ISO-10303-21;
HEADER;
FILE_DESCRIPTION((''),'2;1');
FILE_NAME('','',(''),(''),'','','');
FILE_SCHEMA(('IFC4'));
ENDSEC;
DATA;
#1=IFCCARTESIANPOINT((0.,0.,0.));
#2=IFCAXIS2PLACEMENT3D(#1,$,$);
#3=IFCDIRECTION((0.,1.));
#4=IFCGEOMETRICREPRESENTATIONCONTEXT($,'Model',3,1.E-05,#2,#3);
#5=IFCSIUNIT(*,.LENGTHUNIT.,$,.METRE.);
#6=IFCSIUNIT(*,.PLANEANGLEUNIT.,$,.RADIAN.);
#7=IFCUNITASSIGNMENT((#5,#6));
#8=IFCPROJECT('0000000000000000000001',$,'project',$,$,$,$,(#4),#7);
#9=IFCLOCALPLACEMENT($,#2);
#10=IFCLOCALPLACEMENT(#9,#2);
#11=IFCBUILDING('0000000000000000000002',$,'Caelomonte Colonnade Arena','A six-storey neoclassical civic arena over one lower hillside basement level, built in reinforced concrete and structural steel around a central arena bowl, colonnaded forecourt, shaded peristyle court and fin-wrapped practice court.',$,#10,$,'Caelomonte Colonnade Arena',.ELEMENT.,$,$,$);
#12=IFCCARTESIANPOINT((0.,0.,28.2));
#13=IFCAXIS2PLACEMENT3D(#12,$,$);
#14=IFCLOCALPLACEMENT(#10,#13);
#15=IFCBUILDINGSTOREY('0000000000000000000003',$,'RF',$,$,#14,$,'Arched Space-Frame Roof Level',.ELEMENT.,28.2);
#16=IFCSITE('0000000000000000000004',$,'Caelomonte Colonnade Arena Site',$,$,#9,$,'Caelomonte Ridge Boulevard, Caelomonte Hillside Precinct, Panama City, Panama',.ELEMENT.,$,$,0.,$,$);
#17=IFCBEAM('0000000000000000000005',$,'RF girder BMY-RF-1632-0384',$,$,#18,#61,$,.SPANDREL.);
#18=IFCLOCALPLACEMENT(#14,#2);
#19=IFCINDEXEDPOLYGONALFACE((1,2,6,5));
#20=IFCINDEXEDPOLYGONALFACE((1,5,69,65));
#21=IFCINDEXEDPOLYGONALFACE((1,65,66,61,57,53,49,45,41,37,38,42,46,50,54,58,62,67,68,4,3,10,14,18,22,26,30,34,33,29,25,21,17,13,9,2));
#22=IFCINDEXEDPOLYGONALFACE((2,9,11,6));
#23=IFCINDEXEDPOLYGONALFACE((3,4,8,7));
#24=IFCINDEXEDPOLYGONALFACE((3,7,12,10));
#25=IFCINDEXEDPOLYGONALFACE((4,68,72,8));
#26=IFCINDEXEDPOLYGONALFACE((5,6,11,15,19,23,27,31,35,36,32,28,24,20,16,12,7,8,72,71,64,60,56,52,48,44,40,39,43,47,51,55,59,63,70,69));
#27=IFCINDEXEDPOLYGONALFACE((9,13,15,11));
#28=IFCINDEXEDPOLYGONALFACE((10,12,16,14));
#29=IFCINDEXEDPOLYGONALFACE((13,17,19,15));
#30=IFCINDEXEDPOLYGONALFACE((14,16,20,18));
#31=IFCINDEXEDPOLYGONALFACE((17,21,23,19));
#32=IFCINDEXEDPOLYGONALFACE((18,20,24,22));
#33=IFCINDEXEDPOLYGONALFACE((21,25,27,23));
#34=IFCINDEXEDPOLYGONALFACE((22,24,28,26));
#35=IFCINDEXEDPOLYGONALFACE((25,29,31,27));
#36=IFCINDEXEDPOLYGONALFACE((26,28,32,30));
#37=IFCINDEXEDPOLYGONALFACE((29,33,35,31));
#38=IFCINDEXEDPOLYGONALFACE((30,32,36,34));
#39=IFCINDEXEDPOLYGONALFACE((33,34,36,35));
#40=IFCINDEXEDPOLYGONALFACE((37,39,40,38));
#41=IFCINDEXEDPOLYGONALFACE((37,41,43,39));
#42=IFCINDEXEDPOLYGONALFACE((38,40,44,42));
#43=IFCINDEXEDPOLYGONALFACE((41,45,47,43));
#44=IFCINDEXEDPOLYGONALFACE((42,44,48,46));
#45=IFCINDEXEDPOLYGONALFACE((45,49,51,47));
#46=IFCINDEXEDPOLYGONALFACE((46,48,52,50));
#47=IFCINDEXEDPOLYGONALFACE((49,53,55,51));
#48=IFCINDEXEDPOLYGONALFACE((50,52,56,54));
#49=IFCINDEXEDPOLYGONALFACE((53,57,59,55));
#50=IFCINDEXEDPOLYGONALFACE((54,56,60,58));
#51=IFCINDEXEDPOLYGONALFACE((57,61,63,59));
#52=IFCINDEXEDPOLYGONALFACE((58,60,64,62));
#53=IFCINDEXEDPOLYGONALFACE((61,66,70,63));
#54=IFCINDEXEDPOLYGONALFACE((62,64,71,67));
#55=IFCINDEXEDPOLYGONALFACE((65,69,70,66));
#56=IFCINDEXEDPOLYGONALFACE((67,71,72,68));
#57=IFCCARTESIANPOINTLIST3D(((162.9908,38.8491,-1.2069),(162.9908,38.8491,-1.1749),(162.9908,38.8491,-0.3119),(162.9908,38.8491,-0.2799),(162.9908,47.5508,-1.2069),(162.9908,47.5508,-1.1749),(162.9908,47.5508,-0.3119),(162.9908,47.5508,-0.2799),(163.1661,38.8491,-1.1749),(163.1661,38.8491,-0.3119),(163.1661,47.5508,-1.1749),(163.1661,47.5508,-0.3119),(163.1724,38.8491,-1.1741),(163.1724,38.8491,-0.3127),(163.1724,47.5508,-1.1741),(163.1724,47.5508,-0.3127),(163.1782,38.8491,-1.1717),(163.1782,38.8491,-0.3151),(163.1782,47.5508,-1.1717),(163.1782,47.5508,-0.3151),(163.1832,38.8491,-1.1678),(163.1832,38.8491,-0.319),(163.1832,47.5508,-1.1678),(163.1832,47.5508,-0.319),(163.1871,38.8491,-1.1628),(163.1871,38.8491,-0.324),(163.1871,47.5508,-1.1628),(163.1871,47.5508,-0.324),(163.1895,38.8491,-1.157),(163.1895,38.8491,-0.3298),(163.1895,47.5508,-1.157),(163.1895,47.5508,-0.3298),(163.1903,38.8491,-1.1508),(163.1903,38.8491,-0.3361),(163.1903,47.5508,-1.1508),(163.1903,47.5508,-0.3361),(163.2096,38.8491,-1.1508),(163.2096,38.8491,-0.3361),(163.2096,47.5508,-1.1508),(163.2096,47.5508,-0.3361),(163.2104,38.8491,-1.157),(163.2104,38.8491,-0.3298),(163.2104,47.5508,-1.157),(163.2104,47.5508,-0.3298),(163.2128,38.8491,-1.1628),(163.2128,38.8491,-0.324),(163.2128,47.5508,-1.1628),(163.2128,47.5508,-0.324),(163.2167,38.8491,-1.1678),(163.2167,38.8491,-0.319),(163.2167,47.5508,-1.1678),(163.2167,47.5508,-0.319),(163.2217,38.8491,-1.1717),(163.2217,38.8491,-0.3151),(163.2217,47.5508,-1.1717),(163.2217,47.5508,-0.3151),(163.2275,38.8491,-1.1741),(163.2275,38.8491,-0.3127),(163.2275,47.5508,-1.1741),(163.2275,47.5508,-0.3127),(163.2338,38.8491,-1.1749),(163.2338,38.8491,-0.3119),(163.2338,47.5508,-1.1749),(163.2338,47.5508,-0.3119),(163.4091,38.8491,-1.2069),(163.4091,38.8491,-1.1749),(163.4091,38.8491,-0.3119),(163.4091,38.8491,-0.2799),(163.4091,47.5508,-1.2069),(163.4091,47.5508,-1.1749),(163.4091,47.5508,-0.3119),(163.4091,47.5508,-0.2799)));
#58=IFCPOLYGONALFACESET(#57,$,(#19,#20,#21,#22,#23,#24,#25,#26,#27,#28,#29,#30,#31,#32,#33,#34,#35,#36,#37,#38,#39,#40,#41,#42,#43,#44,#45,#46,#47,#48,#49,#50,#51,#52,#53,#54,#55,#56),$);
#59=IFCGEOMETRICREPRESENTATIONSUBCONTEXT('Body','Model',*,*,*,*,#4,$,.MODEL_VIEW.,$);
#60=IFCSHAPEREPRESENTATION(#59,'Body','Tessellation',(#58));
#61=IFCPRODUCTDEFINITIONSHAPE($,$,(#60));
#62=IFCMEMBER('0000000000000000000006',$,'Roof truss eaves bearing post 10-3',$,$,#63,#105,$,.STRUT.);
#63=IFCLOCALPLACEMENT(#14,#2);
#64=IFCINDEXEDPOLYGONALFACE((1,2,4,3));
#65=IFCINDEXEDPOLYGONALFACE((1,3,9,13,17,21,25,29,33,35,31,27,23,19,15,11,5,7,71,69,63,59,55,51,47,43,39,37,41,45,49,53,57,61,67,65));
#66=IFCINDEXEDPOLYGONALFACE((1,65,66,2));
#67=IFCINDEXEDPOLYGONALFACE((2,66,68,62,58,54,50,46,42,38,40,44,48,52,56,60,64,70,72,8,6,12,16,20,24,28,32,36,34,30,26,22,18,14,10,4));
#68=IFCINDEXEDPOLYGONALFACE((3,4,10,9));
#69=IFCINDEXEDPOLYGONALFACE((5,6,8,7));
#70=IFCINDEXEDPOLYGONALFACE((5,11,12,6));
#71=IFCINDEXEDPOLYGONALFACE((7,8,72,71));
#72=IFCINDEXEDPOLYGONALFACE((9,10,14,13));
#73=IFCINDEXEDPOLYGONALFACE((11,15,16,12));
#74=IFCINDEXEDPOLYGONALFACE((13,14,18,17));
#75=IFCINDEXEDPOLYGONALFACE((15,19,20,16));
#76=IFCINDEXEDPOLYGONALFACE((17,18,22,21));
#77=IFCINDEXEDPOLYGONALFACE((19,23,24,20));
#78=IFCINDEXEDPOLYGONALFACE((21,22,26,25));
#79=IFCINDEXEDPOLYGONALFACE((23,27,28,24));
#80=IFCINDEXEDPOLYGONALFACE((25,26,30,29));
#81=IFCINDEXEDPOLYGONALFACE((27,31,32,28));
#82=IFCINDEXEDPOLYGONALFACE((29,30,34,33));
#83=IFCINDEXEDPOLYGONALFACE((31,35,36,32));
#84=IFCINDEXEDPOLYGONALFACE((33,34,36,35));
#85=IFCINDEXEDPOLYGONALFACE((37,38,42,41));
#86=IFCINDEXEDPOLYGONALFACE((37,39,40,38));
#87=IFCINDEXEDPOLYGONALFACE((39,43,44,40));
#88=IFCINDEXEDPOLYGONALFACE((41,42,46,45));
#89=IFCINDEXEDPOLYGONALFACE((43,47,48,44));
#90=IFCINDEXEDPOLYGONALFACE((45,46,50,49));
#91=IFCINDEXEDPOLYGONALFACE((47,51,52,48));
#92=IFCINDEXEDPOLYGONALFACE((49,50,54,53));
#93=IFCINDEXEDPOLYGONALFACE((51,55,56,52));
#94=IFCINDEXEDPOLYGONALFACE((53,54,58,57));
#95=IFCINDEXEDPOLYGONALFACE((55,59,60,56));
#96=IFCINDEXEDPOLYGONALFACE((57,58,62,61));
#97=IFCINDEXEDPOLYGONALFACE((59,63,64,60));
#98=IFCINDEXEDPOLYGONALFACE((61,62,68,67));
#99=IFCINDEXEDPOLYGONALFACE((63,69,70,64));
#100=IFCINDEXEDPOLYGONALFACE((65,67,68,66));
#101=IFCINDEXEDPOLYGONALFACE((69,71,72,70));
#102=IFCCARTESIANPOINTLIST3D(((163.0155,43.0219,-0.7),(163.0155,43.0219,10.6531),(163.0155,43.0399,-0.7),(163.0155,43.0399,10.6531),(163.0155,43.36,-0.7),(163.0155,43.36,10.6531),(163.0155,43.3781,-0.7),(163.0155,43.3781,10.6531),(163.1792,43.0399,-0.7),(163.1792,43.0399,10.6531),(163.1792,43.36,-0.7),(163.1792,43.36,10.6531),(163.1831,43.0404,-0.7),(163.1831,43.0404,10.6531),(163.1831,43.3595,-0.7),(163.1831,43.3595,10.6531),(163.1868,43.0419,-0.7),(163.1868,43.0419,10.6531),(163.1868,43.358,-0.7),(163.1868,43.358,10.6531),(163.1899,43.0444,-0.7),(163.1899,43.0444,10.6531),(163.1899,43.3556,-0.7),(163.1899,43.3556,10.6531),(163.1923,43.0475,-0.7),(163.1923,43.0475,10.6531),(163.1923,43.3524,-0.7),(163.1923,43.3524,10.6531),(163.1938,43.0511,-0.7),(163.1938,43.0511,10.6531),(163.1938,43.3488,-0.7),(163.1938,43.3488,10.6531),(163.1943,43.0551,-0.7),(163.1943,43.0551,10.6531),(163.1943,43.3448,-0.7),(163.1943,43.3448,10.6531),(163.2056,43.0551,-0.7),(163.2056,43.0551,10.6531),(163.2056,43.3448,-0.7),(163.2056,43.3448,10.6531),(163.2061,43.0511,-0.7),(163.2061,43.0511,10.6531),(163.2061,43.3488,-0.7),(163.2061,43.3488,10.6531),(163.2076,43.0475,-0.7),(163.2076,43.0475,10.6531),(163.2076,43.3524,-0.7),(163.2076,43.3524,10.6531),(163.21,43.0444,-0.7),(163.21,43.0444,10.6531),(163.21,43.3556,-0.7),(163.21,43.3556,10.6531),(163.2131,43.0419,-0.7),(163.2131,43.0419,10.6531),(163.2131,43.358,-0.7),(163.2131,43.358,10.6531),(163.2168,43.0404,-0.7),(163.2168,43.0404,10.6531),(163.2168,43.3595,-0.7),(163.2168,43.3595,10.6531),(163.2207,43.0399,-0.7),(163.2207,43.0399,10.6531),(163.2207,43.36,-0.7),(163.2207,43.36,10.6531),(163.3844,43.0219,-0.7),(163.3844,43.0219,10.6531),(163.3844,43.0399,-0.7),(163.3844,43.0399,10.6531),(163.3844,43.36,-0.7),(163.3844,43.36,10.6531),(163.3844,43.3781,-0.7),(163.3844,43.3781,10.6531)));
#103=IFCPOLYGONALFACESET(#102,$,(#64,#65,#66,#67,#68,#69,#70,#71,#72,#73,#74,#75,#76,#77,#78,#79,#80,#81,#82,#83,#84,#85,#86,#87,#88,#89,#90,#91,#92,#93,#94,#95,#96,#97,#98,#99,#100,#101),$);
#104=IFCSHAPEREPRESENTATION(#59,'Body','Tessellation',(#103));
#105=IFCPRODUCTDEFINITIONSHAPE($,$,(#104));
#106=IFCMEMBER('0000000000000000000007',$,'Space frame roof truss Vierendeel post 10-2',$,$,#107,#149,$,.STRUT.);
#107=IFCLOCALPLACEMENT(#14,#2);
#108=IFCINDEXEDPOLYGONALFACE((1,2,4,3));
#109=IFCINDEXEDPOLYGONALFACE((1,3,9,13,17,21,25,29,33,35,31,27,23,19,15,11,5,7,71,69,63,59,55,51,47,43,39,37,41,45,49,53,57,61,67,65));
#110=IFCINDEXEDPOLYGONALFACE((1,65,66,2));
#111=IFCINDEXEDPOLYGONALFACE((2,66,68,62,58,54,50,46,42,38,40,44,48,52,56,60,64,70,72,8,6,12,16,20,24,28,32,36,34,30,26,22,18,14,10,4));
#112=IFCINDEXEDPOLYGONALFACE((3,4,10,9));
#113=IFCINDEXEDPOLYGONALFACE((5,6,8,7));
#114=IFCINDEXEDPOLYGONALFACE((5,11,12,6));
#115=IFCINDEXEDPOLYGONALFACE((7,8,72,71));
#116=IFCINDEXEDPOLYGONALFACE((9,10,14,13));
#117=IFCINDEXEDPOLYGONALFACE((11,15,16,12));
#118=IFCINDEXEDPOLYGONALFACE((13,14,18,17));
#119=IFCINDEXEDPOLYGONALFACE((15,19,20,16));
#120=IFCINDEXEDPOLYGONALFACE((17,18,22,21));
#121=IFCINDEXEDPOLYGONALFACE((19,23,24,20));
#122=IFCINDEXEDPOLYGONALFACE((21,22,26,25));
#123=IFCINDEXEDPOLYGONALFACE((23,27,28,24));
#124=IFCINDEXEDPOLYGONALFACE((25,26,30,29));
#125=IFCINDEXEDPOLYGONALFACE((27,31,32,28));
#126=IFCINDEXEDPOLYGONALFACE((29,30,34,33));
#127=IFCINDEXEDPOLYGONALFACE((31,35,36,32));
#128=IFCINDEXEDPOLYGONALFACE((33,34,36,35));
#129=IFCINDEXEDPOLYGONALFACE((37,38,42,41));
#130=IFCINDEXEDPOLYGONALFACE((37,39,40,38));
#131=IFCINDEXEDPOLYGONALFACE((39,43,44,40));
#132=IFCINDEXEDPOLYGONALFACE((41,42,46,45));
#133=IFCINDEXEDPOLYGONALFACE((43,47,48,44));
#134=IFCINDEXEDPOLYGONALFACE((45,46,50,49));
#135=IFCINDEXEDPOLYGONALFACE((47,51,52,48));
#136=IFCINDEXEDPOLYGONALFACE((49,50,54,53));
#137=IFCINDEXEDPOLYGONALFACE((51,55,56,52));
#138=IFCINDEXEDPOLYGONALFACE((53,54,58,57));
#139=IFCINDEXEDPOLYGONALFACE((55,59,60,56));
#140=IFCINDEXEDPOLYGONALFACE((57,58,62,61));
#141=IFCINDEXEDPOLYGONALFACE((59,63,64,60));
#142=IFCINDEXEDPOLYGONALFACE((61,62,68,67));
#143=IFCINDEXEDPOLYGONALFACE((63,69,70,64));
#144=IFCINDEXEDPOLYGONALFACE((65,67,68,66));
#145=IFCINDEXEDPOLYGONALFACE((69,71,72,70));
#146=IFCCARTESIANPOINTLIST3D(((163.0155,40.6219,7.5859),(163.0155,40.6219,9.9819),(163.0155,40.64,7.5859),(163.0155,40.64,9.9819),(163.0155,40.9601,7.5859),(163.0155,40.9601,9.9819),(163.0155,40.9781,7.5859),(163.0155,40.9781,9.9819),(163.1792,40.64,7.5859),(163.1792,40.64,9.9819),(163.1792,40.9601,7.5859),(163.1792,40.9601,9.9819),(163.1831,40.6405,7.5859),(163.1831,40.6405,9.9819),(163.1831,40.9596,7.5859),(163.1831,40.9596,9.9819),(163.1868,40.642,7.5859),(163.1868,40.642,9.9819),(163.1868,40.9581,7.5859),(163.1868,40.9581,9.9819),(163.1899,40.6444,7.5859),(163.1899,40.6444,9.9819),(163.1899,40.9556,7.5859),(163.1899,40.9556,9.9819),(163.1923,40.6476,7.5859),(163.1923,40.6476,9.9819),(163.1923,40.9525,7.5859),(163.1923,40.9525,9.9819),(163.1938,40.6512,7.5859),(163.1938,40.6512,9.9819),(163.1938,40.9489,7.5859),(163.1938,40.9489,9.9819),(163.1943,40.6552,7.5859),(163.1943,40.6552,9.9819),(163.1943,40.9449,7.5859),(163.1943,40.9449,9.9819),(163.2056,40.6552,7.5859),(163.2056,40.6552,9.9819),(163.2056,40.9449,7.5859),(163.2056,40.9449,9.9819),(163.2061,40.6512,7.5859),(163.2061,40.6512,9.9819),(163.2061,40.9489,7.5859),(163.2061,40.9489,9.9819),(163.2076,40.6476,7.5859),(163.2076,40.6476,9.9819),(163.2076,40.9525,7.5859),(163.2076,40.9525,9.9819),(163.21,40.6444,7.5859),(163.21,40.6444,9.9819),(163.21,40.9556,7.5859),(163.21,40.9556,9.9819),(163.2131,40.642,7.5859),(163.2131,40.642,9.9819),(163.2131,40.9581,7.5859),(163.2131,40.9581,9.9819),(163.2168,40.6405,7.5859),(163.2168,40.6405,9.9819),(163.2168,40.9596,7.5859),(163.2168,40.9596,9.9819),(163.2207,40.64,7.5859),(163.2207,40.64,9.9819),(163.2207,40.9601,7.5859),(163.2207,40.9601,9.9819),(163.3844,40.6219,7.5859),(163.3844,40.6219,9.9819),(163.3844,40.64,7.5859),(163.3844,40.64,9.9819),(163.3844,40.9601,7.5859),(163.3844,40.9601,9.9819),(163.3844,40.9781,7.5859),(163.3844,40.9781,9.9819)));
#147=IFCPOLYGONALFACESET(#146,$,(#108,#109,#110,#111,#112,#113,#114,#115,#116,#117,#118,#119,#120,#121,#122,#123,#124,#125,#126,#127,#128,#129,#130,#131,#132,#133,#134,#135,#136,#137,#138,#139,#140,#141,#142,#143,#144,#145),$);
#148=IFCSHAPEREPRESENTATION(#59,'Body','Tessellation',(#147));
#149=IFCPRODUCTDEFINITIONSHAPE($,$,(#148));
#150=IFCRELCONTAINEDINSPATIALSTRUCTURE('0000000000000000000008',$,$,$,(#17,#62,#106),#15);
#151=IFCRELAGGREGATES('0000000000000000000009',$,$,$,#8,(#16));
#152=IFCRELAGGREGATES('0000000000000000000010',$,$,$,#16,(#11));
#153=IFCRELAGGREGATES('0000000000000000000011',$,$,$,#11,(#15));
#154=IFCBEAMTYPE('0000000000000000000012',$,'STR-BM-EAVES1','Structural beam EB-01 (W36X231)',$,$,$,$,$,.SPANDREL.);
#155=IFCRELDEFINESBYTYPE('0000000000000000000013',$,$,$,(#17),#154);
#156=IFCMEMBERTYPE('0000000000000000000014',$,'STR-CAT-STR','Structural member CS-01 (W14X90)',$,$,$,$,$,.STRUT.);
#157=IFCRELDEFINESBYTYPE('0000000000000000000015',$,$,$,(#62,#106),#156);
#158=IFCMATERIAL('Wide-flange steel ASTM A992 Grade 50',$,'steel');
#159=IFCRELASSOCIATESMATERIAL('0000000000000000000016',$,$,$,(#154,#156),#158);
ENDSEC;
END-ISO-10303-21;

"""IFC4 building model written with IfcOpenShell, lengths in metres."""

from ifc_helpers import new_model, si_unit, direction, frame, origin, origin_2d, place, context, subcontext, project, spatial, i_section, extrude, material, material_profile, profile_set, type_object, element, save


model = new_model("IFC4")

# Units and contexts
model_context = context("Model", 3, precision=1e-05, world=origin(), true_north=direction((0.0, 1.0)))
body_context = subcontext(model_context, "Body", "Model", "MODEL_VIEW")
ifc_project = project(units=[si_unit("LENGTHUNIT", "METRE"), si_unit("PLANEANGLEUNIT", "RADIAN")], contexts=[model_context])

# Site, building, storey
site_placement = place(None, origin())
site = spatial("IfcSite", under=ifc_project, at=site_placement, Name="Caelomonte Colonnade Arena Site", LongName="Caelomonte Ridge Boulevard, Caelomonte Hillside Precinct, Panama City, Panama", CompositionType="ELEMENT", RefElevation=0.0)
building_placement = place(site_placement, origin())
building = spatial("IfcBuilding", under=site, at=building_placement, Name="Caelomonte Colonnade Arena", Description="A six-storey neoclassical civic arena over one lower hillside basement level, built in reinforced concrete and structural steel around a central arena bowl, colonnaded forecourt, shaded peristyle court and fin-wrapped practice court.", LongName="Caelomonte Colonnade Arena", CompositionType="ELEMENT")
storey_placement = place(building_placement, frame((0.0, 0.0, 28.2)))
storey = spatial("IfcBuildingStorey", under=building, at=storey_placement, Name="RF", LongName="Arched Space-Frame Roof Level", CompositionType="ELEMENT", Elevation=28.2)

# Beam
ifc_material_1 = material(Name="Wide-flange steel ASTM A992 Grade 50", Category="steel")
ifc_material_profile_1 = material_profile(ifc_material_1, i_section(OverallWidth=0.4182, OverallDepth=0.927, WebThickness=0.0193, FlangeThickness=0.032, FilletRadius=0.0242, at=origin_2d()), Name="W36X231")
ifc_profile_set_1 = profile_set([ifc_material_profile_1], Name="Wide-flange steel ASTM A992 Grade 50")
beam_type = type_object("IfcBeamType", Name="STR-BM-EAVES1", Description="Structural beam EB-01 (W36X231)", PredefinedType="SPANDREL", material=ifc_profile_set_1)
beam_placement = place(storey_placement, frame((163.2, 38.8491, -0.7434), z_axis=(0.0, 1.0, 0.0), x_axis=(-1.0, 0.0, 0.0)))
element("IfcBeam", 1, at=beam_placement, inside=storey, type_object=beam_type, Name="RF girder BMY-RF-1632-0384", PredefinedType="SPANDREL", context=body_context, shape_type="SweptSolid", body=[
    extrude(i_section(OverallWidth=0.4182, OverallDepth=0.927, WebThickness=0.0193, FlangeThickness=0.032, FilletRadius=0.0242, at=origin_2d()), origin(), (0.0, 0.0, 1.0), 8.7017),
])

# Members
ifc_material_profile_2 = material_profile(ifc_material_1, i_section(OverallWidth=0.3689, OverallDepth=0.3562, WebThickness=0.0112, FlangeThickness=0.0181, FilletRadius=0.0151, at=origin_2d()), Name="W14X90")
ifc_profile_set_2 = profile_set([ifc_material_profile_2], Name="Wide-flange steel ASTM A992 Grade 50")
member_type_1 = type_object("IfcMemberType", Name="STR-CAT-STR", Description="Structural member CS-01 (W14X90)", PredefinedType="STRUT", material=ifc_profile_set_2)
member_1_placement = place(storey_placement, frame((163.2, 43.2, -0.7), z_axis=(0.0, 0.0, 1.0), x_axis=(1.0, 0.0, 0.0)))
element("IfcMember", 2, at=member_1_placement, inside=storey, type_object=member_type_1, Name="Roof truss eaves bearing post 10-3", PredefinedType="STRUT", context=body_context, shape_type="SweptSolid", body=[
    extrude(i_section(OverallWidth=0.3689, OverallDepth=0.3562, WebThickness=0.0112, FlangeThickness=0.0181, FilletRadius=0.0151, at=origin_2d()), origin(), (0.0, 0.0, 1.0), 11.353),
])
member_2_placement = place(storey_placement, frame((163.2, 40.8, 7.5859), z_axis=(0.0, 0.0, 1.0), x_axis=(1.0, 0.0, 0.0)))
element("IfcMember", 3, at=member_2_placement, inside=storey, type_object=member_type_1, Name="Space frame roof truss Vierendeel post 10-2", PredefinedType="STRUT", context=body_context, shape_type="SweptSolid", body=[
    extrude(i_section(OverallWidth=0.3689, OverallDepth=0.3562, WebThickness=0.0112, FlangeThickness=0.0181, FilletRadius=0.0151, at=origin_2d()), origin(), (0.0, 0.0, 1.0), 2.396),
])

save(model, "model.ifc")
